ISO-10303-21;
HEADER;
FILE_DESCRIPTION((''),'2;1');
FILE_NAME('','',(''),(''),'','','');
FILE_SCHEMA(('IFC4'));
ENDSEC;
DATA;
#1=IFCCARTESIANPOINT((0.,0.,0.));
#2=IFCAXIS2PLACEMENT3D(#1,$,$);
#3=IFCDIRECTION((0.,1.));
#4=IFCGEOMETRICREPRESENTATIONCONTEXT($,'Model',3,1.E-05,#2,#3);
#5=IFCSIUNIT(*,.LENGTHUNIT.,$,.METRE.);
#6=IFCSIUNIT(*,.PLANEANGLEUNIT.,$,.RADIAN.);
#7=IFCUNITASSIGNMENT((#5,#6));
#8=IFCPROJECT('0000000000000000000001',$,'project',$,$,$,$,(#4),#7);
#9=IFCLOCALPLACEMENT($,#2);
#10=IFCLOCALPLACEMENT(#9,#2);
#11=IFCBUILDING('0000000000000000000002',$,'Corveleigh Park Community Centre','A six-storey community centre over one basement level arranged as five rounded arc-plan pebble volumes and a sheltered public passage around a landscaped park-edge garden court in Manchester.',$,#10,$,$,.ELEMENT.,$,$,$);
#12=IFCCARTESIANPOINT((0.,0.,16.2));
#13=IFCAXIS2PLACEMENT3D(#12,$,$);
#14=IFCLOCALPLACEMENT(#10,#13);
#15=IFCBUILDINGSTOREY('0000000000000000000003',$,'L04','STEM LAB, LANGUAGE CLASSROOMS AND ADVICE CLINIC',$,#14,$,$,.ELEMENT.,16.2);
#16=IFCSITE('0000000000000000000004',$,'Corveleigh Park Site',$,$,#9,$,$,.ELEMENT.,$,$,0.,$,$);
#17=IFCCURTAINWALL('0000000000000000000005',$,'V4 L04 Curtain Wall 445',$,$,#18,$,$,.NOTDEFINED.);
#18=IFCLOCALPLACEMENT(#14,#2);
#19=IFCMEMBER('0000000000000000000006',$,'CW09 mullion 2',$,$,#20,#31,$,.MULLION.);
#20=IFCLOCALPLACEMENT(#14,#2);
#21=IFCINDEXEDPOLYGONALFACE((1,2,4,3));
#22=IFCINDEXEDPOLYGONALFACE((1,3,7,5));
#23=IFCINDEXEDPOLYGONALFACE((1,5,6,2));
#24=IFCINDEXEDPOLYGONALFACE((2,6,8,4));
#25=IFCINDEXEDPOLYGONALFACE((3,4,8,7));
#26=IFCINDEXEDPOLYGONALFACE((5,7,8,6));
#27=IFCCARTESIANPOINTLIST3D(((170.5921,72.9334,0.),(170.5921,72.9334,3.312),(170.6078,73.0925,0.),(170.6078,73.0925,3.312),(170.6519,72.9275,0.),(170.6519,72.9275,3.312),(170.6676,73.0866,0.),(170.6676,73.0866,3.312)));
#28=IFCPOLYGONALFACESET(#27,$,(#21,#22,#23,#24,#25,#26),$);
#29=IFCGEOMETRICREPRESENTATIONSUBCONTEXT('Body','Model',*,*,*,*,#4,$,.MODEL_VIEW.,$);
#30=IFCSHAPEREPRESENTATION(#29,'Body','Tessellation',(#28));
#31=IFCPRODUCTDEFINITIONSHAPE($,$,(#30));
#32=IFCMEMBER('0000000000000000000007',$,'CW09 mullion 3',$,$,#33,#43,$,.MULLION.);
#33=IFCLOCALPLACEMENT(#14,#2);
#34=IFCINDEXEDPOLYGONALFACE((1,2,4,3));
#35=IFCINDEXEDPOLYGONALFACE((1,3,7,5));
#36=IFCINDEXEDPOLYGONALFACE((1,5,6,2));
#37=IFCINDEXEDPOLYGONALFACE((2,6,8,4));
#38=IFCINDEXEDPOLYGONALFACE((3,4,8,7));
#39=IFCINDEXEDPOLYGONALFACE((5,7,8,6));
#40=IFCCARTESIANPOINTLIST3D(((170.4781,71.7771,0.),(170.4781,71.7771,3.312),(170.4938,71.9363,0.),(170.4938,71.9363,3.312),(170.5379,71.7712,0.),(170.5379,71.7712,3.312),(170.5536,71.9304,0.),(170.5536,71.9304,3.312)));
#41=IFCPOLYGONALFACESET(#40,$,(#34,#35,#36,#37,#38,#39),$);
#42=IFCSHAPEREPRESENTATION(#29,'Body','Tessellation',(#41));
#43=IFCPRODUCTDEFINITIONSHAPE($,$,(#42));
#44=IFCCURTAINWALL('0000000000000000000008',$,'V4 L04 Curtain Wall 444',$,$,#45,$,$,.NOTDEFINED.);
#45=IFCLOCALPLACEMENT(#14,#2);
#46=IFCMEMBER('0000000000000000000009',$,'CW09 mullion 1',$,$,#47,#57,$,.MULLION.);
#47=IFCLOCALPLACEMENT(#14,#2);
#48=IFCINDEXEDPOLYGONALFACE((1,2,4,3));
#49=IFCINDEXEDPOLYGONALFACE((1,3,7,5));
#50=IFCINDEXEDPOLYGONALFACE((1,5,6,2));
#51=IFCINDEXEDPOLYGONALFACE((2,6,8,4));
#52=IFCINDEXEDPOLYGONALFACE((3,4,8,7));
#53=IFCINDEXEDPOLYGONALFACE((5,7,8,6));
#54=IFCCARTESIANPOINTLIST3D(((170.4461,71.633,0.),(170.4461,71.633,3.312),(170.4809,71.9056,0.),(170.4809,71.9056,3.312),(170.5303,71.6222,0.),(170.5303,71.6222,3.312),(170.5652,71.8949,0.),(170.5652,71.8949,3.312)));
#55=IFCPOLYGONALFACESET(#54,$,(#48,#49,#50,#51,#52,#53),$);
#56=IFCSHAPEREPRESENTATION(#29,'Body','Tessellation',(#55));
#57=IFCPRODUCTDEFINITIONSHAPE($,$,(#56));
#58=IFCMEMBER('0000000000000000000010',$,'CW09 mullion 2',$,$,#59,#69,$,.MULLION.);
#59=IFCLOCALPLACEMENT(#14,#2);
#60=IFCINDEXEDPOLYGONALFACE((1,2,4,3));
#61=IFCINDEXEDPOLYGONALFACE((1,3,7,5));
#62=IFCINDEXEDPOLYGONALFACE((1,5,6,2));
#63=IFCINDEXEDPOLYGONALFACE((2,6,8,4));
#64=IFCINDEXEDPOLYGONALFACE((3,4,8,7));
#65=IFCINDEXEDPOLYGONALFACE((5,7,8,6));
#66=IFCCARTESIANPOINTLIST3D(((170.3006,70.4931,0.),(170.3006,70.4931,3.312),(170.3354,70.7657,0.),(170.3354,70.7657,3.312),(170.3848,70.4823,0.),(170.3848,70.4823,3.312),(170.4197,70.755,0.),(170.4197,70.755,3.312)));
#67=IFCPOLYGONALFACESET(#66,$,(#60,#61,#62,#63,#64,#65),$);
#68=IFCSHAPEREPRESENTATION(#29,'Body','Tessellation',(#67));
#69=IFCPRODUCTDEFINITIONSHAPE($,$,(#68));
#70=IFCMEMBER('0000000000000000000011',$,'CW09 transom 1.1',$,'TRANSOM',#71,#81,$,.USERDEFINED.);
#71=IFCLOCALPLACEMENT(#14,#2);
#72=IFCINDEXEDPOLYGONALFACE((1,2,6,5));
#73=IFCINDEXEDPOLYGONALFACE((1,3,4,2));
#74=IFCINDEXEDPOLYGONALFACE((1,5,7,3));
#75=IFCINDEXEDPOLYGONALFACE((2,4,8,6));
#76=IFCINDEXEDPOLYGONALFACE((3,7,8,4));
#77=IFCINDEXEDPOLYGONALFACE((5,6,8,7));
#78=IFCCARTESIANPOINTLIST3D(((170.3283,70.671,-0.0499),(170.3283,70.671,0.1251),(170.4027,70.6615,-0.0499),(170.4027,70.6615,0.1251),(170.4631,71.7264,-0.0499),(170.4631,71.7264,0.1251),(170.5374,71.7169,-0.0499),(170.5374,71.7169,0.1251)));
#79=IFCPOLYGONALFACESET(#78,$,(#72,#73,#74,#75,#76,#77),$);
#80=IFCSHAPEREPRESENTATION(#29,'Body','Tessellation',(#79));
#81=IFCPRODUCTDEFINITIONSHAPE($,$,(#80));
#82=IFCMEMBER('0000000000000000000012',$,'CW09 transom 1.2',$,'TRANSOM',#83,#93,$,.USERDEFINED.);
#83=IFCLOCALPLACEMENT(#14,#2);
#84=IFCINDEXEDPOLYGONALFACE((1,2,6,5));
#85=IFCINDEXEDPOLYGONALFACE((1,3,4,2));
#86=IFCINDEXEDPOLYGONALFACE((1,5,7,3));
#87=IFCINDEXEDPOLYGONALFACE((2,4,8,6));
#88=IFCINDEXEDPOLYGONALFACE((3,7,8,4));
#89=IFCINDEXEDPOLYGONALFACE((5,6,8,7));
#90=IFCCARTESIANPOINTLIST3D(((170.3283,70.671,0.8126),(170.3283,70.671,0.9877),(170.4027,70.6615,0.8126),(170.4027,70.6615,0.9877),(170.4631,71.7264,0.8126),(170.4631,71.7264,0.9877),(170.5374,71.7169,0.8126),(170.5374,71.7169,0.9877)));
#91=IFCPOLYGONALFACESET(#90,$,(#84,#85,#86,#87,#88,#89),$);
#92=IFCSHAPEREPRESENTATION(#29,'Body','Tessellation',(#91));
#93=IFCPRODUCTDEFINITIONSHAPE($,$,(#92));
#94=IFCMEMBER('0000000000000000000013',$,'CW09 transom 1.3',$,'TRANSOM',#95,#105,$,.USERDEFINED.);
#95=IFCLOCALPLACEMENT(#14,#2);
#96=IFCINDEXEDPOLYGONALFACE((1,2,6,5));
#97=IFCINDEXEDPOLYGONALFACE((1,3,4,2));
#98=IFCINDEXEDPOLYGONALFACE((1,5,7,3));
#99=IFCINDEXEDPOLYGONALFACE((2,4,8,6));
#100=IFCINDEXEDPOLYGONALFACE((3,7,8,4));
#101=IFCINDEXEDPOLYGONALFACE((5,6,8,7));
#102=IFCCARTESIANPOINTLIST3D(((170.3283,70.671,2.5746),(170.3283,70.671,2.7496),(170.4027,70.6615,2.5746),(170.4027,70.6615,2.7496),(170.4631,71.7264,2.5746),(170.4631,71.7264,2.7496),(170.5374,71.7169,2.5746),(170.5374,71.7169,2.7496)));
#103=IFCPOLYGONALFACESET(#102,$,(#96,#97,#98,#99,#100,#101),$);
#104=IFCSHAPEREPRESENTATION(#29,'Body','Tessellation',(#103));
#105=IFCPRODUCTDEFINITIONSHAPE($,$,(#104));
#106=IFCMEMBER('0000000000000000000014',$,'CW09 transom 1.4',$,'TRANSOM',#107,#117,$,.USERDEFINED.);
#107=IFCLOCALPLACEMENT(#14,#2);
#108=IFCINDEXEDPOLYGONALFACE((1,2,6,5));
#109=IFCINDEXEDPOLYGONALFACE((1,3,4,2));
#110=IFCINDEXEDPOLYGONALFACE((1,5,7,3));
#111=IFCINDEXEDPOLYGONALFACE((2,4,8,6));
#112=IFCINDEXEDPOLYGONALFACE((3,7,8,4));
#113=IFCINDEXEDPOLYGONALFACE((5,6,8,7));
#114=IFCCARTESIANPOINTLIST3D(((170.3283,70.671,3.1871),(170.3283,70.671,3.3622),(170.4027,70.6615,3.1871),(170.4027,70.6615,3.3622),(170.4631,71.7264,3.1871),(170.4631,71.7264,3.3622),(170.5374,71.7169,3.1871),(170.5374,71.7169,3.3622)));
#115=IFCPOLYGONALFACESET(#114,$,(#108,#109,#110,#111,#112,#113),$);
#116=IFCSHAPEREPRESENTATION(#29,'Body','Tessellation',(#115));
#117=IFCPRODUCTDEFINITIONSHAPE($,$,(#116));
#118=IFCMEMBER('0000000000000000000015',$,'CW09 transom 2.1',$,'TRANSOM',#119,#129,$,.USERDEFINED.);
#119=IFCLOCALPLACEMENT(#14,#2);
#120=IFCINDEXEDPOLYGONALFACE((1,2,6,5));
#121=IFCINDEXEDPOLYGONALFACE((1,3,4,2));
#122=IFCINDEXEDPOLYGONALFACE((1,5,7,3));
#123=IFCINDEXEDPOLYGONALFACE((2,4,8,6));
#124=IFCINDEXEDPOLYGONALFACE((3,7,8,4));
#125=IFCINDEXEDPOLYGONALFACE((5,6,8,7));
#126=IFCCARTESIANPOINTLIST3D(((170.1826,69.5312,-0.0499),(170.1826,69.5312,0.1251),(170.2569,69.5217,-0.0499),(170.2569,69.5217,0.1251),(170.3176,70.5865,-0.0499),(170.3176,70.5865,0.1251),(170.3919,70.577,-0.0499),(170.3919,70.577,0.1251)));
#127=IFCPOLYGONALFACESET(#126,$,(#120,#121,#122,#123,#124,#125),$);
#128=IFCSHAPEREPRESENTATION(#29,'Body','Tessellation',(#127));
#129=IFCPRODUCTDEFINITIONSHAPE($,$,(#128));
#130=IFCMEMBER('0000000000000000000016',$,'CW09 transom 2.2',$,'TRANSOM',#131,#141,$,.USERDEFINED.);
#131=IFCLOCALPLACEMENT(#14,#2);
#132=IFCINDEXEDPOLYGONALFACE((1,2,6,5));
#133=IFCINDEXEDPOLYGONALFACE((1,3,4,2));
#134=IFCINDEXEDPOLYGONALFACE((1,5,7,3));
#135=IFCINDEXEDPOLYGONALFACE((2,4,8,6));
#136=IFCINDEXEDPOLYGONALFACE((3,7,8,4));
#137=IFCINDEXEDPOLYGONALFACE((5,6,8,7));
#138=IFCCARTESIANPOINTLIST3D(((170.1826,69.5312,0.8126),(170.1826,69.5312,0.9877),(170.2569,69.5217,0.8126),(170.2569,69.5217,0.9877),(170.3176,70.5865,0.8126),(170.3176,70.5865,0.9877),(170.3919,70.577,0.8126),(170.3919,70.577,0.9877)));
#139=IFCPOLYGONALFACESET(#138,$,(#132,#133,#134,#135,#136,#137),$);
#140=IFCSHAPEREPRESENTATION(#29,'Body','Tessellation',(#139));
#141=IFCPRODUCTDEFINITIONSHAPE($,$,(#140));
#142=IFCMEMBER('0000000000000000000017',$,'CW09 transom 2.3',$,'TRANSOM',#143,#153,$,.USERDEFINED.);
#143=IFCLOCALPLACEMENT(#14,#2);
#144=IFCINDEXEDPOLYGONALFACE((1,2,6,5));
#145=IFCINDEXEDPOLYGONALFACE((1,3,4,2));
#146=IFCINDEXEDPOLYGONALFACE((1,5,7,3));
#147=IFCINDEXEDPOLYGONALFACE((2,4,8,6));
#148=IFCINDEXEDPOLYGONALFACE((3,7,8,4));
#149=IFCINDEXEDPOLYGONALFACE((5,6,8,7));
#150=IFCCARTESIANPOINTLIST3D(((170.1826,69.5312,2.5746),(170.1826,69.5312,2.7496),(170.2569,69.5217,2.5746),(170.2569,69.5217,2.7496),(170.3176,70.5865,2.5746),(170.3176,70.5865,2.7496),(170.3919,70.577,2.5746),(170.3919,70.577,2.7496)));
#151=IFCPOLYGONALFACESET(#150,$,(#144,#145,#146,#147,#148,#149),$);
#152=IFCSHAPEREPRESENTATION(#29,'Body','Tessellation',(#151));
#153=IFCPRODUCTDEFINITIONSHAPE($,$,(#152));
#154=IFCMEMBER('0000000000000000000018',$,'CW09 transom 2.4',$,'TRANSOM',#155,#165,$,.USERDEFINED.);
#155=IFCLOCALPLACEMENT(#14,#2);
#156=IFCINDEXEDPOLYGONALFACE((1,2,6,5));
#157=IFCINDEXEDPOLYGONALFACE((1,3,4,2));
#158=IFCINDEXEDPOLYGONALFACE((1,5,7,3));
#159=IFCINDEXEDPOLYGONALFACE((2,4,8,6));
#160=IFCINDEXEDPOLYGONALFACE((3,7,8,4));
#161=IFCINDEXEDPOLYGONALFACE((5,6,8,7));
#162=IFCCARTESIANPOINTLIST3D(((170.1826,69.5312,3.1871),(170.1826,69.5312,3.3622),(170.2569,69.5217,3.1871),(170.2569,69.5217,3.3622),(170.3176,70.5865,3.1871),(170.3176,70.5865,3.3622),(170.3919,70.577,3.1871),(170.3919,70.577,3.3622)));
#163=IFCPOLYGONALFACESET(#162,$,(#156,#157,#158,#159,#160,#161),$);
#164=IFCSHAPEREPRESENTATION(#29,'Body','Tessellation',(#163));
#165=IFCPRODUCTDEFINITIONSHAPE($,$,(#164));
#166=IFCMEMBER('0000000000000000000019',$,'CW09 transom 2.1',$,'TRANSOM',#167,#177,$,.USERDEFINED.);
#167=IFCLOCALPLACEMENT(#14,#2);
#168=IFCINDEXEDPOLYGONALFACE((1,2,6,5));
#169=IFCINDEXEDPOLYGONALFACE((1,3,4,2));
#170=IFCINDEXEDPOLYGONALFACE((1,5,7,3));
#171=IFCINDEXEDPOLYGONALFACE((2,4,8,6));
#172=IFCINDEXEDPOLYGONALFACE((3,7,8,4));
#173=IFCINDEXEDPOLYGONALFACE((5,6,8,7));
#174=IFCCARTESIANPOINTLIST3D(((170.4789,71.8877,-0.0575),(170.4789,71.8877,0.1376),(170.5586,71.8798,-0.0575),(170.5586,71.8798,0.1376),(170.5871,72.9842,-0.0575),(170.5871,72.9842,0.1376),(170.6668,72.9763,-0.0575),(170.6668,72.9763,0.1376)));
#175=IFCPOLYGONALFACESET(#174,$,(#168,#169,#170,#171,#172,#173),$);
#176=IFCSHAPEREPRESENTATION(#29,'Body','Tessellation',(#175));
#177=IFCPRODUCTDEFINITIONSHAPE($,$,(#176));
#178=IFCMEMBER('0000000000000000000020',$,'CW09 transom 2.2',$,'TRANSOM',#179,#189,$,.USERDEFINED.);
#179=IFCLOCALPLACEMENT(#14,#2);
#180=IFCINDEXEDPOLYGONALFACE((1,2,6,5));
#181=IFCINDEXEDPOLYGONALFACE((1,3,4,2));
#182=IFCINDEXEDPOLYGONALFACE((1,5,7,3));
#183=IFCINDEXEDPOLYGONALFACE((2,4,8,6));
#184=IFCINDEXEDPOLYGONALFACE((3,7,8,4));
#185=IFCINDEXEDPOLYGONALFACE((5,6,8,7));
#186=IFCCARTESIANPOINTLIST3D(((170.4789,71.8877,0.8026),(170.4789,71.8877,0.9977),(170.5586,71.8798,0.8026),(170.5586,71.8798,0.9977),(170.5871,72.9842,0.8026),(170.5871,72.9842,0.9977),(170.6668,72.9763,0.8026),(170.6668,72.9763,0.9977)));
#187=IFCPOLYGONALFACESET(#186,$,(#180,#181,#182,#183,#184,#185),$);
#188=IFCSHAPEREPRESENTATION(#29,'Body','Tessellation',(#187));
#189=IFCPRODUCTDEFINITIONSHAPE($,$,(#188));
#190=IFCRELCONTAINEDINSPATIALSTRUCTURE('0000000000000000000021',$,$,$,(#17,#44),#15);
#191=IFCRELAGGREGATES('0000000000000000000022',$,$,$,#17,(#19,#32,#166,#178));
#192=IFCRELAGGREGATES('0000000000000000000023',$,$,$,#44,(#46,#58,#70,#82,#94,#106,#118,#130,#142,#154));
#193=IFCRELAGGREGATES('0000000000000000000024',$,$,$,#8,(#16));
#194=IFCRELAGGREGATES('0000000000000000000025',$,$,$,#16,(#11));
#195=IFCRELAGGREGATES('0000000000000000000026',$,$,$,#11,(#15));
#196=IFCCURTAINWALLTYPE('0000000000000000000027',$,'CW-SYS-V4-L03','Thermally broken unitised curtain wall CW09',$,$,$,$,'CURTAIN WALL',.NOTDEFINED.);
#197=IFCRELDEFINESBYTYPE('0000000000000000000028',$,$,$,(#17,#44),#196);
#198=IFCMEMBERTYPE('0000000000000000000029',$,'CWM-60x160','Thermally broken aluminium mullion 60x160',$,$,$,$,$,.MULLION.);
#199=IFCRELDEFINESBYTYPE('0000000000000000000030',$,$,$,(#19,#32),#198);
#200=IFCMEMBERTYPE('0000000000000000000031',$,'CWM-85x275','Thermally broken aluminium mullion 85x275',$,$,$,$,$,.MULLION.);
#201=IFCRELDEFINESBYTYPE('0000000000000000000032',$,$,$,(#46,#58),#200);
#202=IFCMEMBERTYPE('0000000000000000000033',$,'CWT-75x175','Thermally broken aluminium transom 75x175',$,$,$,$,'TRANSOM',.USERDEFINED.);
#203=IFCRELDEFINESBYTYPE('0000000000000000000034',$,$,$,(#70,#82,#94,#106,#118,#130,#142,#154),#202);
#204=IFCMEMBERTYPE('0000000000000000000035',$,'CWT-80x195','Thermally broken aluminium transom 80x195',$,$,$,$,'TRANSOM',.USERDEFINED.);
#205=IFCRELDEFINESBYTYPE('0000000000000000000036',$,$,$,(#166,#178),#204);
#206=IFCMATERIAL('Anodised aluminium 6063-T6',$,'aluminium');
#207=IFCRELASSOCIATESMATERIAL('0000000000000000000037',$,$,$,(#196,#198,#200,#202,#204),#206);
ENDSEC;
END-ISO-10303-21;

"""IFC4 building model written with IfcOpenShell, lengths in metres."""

from ifc_helpers import new_model, si_unit, direction, frame, origin, origin_2d, place, context, subcontext, project, spatial, rectangle, extrude, material, material_profile, profile_set, type_object, element, aggregate, save


model = new_model("IFC4")

# Units and contexts
model_context = context("Model", 3, precision=1e-05, world=origin(), true_north=direction((0.0, 1.0)))
body_context = subcontext(model_context, "Body", "Model", "MODEL_VIEW")
ifc_project = project(units=[si_unit("LENGTHUNIT", "METRE"), si_unit("PLANEANGLEUNIT", "RADIAN")], contexts=[model_context])

# Site, building, storey
site_placement = place(None, origin())
site = spatial("IfcSite", under=ifc_project, at=site_placement, Name="Corveleigh Park Site", CompositionType="ELEMENT", RefElevation=0.0)
building_placement = place(site_placement, origin())
building = spatial("IfcBuilding", under=site, at=building_placement, Name="Corveleigh Park Community Centre", Description="A six-storey community centre over one basement level arranged as five rounded arc-plan pebble volumes and a sheltered public passage around a landscaped park-edge garden court in Manchester.", CompositionType="ELEMENT")
storey_placement = place(building_placement, frame((0.0, 0.0, 16.2)))
storey = spatial("IfcBuildingStorey", under=building, at=storey_placement, Name="L04", Description="STEM LAB, LANGUAGE CLASSROOMS AND ADVICE CLINIC", CompositionType="ELEMENT", Elevation=16.2)

# Curtain walls, members
ifc_material_1 = material(Name="Anodised aluminium 6063-T6", Category="aluminium")
curtain_wall_type = type_object("IfcCurtainWallType", Name="CW-SYS-V4-L03", Description="Thermally broken unitised curtain wall CW09", ElementType="CURTAIN WALL", PredefinedType="NOTDEFINED", material=ifc_material_1)
curtain_wall_1_placement = place(storey_placement, origin())
curtain_wall_1 = element("IfcCurtainWall", 1, at=curtain_wall_1_placement, inside=storey, type_object=curtain_wall_type, Name="V4 L04 Curtain Wall 445", PredefinedType="NOTDEFINED")
ifc_material_profile_1 = material_profile(ifc_material_1, rectangle(XDim=0.0601, YDim=0.1599, at=origin_2d()), Name="ALU-M60x160", Category="aluminium")
ifc_profile_set_1 = profile_set([ifc_material_profile_1], Name="Anodised aluminium 6063-T6")
member_type_1 = type_object("IfcMemberType", Name="CWM-60x160", Description="Thermally broken aluminium mullion 60x160", PredefinedType="MULLION", material=ifc_profile_set_1)
member_1_placement = place(storey_placement, frame((170.6299, 73.01, 0.0), z_axis=(0.0, 0.0, 1.0), x_axis=(0.995169, -0.098174, 0.0)))
member_1 = element("IfcMember", 2, at=member_1_placement, type_object=member_type_1, Name="CW09 mullion 2", PredefinedType="MULLION", context=body_context, shape_type="SweptSolid", body=[
    extrude(rectangle(XDim=0.0601, YDim=0.1599, at=origin_2d()), origin(), (0.0, 0.0, 1.0), 3.312),
])
member_2_placement = place(storey_placement, frame((170.5159, 71.8538, 0.0), z_axis=(0.0, 0.0, 1.0), x_axis=(0.995169, -0.098174, 0.0)))
member_2 = element("IfcMember", 3, at=member_2_placement, type_object=member_type_1, Name="CW09 mullion 3", PredefinedType="MULLION", context=body_context, shape_type="SweptSolid", body=[
    extrude(rectangle(XDim=0.0601, YDim=0.1599, at=origin_2d()), origin(), (0.0, 0.0, 1.0), 3.312),
])
curtain_wall_2_placement = place(storey_placement, origin())
curtain_wall_2 = element("IfcCurtainWall", 4, at=curtain_wall_2_placement, inside=storey, type_object=curtain_wall_type, Name="V4 L04 Curtain Wall 444", PredefinedType="NOTDEFINED")
ifc_material_profile_2 = material_profile(ifc_material_1, rectangle(XDim=0.085, YDim=0.2749, at=origin_2d()), Name="ALU-M85x275", Category="aluminium")
ifc_profile_set_2 = profile_set([ifc_material_profile_2], Name="Anodised aluminium 6063-T6")
member_type_2 = type_object("IfcMemberType", Name="CWM-85x275", Description="Thermally broken aluminium mullion 85x275", PredefinedType="MULLION", material=ifc_profile_set_2)
member_3_placement = place(storey_placement, frame((170.5056, 71.7639, 0.0), z_axis=(0.0, 0.0, 1.0), x_axis=(0.991939, -0.12672, 0.0)))
member_3 = element("IfcMember", 5, at=member_3_placement, type_object=member_type_2, Name="CW09 mullion 1", PredefinedType="MULLION", context=body_context, shape_type="SweptSolid", body=[
    extrude(rectangle(XDim=0.085, YDim=0.2749, at=origin_2d()), origin(), (0.0, 0.0, 1.0), 3.312),
])
member_4_placement = place(storey_placement, frame((170.3601, 70.624, 0.0), z_axis=(0.0, 0.0, 1.0), x_axis=(0.991939, -0.12672, 0.0)))
member_4 = element("IfcMember", 6, at=member_4_placement, type_object=member_type_2, Name="CW09 mullion 2", PredefinedType="MULLION", context=body_context, shape_type="SweptSolid", body=[
    extrude(rectangle(XDim=0.085, YDim=0.2749, at=origin_2d()), origin(), (0.0, 0.0, 1.0), 3.312),
])
ifc_material_profile_3 = material_profile(ifc_material_1, rectangle(XDim=0.075, YDim=0.175, at=origin_2d()), Name="ALU-T75x175", Category="aluminium")
ifc_profile_set_3 = profile_set([ifc_material_profile_3], Name="Anodised aluminium 6063-T6")
member_type_3 = type_object("IfcMemberType", Name="CWT-75x175", Description="Thermally broken aluminium transom 75x175", ElementType="TRANSOM", PredefinedType="USERDEFINED", material=ifc_profile_set_3)
member_5_placement = place(storey_placement, frame((170.5002, 71.7217, 0.0376), z_axis=(-0.126661, -0.991946, 0.0), x_axis=(0.991946, -0.126661, 0.0)))
member_5 = element("IfcMember", 7, at=member_5_placement, type_object=member_type_3, Name="CW09 transom 1.1", ObjectType="TRANSOM", PredefinedType="USERDEFINED", context=body_context, shape_type="SweptSolid", body=[
    extrude(rectangle(XDim=0.075, YDim=0.175, at=origin_2d()), origin(), (0.0, 0.0, 1.0), 1.064),
])
member_6_placement = place(storey_placement, frame((170.5002, 71.7217, 0.9001), z_axis=(-0.126661, -0.991946, 0.0), x_axis=(0.991946, -0.126661, 0.0)))
member_6 = element("IfcMember", 8, at=member_6_placement, type_object=member_type_3, Name="CW09 transom 1.2", ObjectType="TRANSOM", PredefinedType="USERDEFINED", context=body_context, shape_type="SweptSolid", body=[
    extrude(rectangle(XDim=0.075, YDim=0.175, at=origin_2d()), origin(), (0.0, 0.0, 1.0), 1.064),
])
member_7_placement = place(storey_placement, frame((170.5002, 71.7217, 2.6621), z_axis=(-0.126661, -0.991946, 0.0), x_axis=(0.991946, -0.126661, 0.0)))
member_7 = element("IfcMember", 9, at=member_7_placement, type_object=member_type_3, Name="CW09 transom 1.3", ObjectType="TRANSOM", PredefinedType="USERDEFINED", context=body_context, shape_type="SweptSolid", body=[
    extrude(rectangle(XDim=0.075, YDim=0.175, at=origin_2d()), origin(), (0.0, 0.0, 1.0), 1.064),
])
member_8_placement = place(storey_placement, frame((170.5002, 71.7217, 3.2747), z_axis=(-0.126661, -0.991946, 0.0), x_axis=(0.991946, -0.126661, 0.0)))
member_8 = element("IfcMember", 10, at=member_8_placement, type_object=member_type_3, Name="CW09 transom 1.4", ObjectType="TRANSOM", PredefinedType="USERDEFINED", context=body_context, shape_type="SweptSolid", body=[
    extrude(rectangle(XDim=0.075, YDim=0.175, at=origin_2d()), origin(), (0.0, 0.0, 1.0), 1.064),
])
member_9_placement = place(storey_placement, frame((170.3547, 70.5818, 0.0376), z_axis=(-0.126886, -0.991917, 0.0), x_axis=(0.991917, -0.126886, 0.0)))
member_9 = element("IfcMember", 11, at=member_9_placement, type_object=member_type_3, Name="CW09 transom 2.1", ObjectType="TRANSOM", PredefinedType="USERDEFINED", context=body_context, shape_type="SweptSolid", body=[
    extrude(rectangle(XDim=0.075, YDim=0.175, at=origin_2d()), origin(), (0.0, 0.0, 1.0), 1.064),
])
member_10_placement = place(storey_placement, frame((170.3547, 70.5818, 0.9001), z_axis=(-0.126886, -0.991917, 0.0), x_axis=(0.991917, -0.126886, 0.0)))
member_10 = element("IfcMember", 12, at=member_10_placement, type_object=member_type_3, Name="CW09 transom 2.2", ObjectType="TRANSOM", PredefinedType="USERDEFINED", context=body_context, shape_type="SweptSolid", body=[
    extrude(rectangle(XDim=0.075, YDim=0.175, at=origin_2d()), origin(), (0.0, 0.0, 1.0), 1.064),
])
member_11_placement = place(storey_placement, frame((170.3547, 70.5818, 2.6621), z_axis=(-0.126886, -0.991917, 0.0), x_axis=(0.991917, -0.126886, 0.0)))
member_11 = element("IfcMember", 13, at=member_11_placement, type_object=member_type_3, Name="CW09 transom 2.3", ObjectType="TRANSOM", PredefinedType="USERDEFINED", context=body_context, shape_type="SweptSolid", body=[
    extrude(rectangle(XDim=0.075, YDim=0.175, at=origin_2d()), origin(), (0.0, 0.0, 1.0), 1.064),
])
member_12_placement = place(storey_placement, frame((170.3547, 70.5818, 3.2747), z_axis=(-0.126886, -0.991917, 0.0), x_axis=(0.991917, -0.126886, 0.0)))
member_12 = element("IfcMember", 14, at=member_12_placement, type_object=member_type_3, Name="CW09 transom 2.4", ObjectType="TRANSOM", PredefinedType="USERDEFINED", context=body_context, shape_type="SweptSolid", body=[
    extrude(rectangle(XDim=0.075, YDim=0.175, at=origin_2d()), origin(), (0.0, 0.0, 1.0), 1.064),
])

# Members
ifc_material_profile_4 = material_profile(ifc_material_1, rectangle(XDim=0.0801, YDim=0.1951, at=origin_2d()), Name="ALU-T80x195", Category="aluminium")
ifc_profile_set_4 = profile_set([ifc_material_profile_4], Name="Anodised aluminium 6063-T6")
member_type_4 = type_object("IfcMemberType", Name="CWT-80x195", Description="Thermally broken aluminium transom 80x195", ElementType="TRANSOM", PredefinedType="USERDEFINED", material=ifc_profile_set_4)
member_13_placement = place(storey_placement, frame((170.627, 72.9802, 0.04), z_axis=(-0.098165, -0.99517, 0.0), x_axis=(0.99517, -0.098165, 0.0)))
member_13 = element("IfcMember", 15, at=member_13_placement, type_object=member_type_4, Name="CW09 transom 2.1", ObjectType="TRANSOM", PredefinedType="USERDEFINED", context=body_context, shape_type="SweptSolid", body=[
    extrude(rectangle(XDim=0.0801, YDim=0.1951, at=origin_2d()), origin(), (0.0, 0.0, 1.0), 1.1018),
])
member_14_placement = place(storey_placement, frame((170.627, 72.9802, 0.9001), z_axis=(-0.098165, -0.99517, 0.0), x_axis=(0.99517, -0.098165, 0.0)))
member_14 = element("IfcMember", 16, at=member_14_placement, type_object=member_type_4, Name="CW09 transom 2.2", ObjectType="TRANSOM", PredefinedType="USERDEFINED", context=body_context, shape_type="SweptSolid", body=[
    extrude(rectangle(XDim=0.0801, YDim=0.1951, at=origin_2d()), origin(), (0.0, 0.0, 1.0), 1.1018),
])

aggregate(curtain_wall_1, [member_1, member_2, member_13, member_14])
aggregate(curtain_wall_2, [member_3, member_4, member_5, member_6, member_7, member_8, member_9, member_10, member_11, member_12])

save(model, "model.ifc")
